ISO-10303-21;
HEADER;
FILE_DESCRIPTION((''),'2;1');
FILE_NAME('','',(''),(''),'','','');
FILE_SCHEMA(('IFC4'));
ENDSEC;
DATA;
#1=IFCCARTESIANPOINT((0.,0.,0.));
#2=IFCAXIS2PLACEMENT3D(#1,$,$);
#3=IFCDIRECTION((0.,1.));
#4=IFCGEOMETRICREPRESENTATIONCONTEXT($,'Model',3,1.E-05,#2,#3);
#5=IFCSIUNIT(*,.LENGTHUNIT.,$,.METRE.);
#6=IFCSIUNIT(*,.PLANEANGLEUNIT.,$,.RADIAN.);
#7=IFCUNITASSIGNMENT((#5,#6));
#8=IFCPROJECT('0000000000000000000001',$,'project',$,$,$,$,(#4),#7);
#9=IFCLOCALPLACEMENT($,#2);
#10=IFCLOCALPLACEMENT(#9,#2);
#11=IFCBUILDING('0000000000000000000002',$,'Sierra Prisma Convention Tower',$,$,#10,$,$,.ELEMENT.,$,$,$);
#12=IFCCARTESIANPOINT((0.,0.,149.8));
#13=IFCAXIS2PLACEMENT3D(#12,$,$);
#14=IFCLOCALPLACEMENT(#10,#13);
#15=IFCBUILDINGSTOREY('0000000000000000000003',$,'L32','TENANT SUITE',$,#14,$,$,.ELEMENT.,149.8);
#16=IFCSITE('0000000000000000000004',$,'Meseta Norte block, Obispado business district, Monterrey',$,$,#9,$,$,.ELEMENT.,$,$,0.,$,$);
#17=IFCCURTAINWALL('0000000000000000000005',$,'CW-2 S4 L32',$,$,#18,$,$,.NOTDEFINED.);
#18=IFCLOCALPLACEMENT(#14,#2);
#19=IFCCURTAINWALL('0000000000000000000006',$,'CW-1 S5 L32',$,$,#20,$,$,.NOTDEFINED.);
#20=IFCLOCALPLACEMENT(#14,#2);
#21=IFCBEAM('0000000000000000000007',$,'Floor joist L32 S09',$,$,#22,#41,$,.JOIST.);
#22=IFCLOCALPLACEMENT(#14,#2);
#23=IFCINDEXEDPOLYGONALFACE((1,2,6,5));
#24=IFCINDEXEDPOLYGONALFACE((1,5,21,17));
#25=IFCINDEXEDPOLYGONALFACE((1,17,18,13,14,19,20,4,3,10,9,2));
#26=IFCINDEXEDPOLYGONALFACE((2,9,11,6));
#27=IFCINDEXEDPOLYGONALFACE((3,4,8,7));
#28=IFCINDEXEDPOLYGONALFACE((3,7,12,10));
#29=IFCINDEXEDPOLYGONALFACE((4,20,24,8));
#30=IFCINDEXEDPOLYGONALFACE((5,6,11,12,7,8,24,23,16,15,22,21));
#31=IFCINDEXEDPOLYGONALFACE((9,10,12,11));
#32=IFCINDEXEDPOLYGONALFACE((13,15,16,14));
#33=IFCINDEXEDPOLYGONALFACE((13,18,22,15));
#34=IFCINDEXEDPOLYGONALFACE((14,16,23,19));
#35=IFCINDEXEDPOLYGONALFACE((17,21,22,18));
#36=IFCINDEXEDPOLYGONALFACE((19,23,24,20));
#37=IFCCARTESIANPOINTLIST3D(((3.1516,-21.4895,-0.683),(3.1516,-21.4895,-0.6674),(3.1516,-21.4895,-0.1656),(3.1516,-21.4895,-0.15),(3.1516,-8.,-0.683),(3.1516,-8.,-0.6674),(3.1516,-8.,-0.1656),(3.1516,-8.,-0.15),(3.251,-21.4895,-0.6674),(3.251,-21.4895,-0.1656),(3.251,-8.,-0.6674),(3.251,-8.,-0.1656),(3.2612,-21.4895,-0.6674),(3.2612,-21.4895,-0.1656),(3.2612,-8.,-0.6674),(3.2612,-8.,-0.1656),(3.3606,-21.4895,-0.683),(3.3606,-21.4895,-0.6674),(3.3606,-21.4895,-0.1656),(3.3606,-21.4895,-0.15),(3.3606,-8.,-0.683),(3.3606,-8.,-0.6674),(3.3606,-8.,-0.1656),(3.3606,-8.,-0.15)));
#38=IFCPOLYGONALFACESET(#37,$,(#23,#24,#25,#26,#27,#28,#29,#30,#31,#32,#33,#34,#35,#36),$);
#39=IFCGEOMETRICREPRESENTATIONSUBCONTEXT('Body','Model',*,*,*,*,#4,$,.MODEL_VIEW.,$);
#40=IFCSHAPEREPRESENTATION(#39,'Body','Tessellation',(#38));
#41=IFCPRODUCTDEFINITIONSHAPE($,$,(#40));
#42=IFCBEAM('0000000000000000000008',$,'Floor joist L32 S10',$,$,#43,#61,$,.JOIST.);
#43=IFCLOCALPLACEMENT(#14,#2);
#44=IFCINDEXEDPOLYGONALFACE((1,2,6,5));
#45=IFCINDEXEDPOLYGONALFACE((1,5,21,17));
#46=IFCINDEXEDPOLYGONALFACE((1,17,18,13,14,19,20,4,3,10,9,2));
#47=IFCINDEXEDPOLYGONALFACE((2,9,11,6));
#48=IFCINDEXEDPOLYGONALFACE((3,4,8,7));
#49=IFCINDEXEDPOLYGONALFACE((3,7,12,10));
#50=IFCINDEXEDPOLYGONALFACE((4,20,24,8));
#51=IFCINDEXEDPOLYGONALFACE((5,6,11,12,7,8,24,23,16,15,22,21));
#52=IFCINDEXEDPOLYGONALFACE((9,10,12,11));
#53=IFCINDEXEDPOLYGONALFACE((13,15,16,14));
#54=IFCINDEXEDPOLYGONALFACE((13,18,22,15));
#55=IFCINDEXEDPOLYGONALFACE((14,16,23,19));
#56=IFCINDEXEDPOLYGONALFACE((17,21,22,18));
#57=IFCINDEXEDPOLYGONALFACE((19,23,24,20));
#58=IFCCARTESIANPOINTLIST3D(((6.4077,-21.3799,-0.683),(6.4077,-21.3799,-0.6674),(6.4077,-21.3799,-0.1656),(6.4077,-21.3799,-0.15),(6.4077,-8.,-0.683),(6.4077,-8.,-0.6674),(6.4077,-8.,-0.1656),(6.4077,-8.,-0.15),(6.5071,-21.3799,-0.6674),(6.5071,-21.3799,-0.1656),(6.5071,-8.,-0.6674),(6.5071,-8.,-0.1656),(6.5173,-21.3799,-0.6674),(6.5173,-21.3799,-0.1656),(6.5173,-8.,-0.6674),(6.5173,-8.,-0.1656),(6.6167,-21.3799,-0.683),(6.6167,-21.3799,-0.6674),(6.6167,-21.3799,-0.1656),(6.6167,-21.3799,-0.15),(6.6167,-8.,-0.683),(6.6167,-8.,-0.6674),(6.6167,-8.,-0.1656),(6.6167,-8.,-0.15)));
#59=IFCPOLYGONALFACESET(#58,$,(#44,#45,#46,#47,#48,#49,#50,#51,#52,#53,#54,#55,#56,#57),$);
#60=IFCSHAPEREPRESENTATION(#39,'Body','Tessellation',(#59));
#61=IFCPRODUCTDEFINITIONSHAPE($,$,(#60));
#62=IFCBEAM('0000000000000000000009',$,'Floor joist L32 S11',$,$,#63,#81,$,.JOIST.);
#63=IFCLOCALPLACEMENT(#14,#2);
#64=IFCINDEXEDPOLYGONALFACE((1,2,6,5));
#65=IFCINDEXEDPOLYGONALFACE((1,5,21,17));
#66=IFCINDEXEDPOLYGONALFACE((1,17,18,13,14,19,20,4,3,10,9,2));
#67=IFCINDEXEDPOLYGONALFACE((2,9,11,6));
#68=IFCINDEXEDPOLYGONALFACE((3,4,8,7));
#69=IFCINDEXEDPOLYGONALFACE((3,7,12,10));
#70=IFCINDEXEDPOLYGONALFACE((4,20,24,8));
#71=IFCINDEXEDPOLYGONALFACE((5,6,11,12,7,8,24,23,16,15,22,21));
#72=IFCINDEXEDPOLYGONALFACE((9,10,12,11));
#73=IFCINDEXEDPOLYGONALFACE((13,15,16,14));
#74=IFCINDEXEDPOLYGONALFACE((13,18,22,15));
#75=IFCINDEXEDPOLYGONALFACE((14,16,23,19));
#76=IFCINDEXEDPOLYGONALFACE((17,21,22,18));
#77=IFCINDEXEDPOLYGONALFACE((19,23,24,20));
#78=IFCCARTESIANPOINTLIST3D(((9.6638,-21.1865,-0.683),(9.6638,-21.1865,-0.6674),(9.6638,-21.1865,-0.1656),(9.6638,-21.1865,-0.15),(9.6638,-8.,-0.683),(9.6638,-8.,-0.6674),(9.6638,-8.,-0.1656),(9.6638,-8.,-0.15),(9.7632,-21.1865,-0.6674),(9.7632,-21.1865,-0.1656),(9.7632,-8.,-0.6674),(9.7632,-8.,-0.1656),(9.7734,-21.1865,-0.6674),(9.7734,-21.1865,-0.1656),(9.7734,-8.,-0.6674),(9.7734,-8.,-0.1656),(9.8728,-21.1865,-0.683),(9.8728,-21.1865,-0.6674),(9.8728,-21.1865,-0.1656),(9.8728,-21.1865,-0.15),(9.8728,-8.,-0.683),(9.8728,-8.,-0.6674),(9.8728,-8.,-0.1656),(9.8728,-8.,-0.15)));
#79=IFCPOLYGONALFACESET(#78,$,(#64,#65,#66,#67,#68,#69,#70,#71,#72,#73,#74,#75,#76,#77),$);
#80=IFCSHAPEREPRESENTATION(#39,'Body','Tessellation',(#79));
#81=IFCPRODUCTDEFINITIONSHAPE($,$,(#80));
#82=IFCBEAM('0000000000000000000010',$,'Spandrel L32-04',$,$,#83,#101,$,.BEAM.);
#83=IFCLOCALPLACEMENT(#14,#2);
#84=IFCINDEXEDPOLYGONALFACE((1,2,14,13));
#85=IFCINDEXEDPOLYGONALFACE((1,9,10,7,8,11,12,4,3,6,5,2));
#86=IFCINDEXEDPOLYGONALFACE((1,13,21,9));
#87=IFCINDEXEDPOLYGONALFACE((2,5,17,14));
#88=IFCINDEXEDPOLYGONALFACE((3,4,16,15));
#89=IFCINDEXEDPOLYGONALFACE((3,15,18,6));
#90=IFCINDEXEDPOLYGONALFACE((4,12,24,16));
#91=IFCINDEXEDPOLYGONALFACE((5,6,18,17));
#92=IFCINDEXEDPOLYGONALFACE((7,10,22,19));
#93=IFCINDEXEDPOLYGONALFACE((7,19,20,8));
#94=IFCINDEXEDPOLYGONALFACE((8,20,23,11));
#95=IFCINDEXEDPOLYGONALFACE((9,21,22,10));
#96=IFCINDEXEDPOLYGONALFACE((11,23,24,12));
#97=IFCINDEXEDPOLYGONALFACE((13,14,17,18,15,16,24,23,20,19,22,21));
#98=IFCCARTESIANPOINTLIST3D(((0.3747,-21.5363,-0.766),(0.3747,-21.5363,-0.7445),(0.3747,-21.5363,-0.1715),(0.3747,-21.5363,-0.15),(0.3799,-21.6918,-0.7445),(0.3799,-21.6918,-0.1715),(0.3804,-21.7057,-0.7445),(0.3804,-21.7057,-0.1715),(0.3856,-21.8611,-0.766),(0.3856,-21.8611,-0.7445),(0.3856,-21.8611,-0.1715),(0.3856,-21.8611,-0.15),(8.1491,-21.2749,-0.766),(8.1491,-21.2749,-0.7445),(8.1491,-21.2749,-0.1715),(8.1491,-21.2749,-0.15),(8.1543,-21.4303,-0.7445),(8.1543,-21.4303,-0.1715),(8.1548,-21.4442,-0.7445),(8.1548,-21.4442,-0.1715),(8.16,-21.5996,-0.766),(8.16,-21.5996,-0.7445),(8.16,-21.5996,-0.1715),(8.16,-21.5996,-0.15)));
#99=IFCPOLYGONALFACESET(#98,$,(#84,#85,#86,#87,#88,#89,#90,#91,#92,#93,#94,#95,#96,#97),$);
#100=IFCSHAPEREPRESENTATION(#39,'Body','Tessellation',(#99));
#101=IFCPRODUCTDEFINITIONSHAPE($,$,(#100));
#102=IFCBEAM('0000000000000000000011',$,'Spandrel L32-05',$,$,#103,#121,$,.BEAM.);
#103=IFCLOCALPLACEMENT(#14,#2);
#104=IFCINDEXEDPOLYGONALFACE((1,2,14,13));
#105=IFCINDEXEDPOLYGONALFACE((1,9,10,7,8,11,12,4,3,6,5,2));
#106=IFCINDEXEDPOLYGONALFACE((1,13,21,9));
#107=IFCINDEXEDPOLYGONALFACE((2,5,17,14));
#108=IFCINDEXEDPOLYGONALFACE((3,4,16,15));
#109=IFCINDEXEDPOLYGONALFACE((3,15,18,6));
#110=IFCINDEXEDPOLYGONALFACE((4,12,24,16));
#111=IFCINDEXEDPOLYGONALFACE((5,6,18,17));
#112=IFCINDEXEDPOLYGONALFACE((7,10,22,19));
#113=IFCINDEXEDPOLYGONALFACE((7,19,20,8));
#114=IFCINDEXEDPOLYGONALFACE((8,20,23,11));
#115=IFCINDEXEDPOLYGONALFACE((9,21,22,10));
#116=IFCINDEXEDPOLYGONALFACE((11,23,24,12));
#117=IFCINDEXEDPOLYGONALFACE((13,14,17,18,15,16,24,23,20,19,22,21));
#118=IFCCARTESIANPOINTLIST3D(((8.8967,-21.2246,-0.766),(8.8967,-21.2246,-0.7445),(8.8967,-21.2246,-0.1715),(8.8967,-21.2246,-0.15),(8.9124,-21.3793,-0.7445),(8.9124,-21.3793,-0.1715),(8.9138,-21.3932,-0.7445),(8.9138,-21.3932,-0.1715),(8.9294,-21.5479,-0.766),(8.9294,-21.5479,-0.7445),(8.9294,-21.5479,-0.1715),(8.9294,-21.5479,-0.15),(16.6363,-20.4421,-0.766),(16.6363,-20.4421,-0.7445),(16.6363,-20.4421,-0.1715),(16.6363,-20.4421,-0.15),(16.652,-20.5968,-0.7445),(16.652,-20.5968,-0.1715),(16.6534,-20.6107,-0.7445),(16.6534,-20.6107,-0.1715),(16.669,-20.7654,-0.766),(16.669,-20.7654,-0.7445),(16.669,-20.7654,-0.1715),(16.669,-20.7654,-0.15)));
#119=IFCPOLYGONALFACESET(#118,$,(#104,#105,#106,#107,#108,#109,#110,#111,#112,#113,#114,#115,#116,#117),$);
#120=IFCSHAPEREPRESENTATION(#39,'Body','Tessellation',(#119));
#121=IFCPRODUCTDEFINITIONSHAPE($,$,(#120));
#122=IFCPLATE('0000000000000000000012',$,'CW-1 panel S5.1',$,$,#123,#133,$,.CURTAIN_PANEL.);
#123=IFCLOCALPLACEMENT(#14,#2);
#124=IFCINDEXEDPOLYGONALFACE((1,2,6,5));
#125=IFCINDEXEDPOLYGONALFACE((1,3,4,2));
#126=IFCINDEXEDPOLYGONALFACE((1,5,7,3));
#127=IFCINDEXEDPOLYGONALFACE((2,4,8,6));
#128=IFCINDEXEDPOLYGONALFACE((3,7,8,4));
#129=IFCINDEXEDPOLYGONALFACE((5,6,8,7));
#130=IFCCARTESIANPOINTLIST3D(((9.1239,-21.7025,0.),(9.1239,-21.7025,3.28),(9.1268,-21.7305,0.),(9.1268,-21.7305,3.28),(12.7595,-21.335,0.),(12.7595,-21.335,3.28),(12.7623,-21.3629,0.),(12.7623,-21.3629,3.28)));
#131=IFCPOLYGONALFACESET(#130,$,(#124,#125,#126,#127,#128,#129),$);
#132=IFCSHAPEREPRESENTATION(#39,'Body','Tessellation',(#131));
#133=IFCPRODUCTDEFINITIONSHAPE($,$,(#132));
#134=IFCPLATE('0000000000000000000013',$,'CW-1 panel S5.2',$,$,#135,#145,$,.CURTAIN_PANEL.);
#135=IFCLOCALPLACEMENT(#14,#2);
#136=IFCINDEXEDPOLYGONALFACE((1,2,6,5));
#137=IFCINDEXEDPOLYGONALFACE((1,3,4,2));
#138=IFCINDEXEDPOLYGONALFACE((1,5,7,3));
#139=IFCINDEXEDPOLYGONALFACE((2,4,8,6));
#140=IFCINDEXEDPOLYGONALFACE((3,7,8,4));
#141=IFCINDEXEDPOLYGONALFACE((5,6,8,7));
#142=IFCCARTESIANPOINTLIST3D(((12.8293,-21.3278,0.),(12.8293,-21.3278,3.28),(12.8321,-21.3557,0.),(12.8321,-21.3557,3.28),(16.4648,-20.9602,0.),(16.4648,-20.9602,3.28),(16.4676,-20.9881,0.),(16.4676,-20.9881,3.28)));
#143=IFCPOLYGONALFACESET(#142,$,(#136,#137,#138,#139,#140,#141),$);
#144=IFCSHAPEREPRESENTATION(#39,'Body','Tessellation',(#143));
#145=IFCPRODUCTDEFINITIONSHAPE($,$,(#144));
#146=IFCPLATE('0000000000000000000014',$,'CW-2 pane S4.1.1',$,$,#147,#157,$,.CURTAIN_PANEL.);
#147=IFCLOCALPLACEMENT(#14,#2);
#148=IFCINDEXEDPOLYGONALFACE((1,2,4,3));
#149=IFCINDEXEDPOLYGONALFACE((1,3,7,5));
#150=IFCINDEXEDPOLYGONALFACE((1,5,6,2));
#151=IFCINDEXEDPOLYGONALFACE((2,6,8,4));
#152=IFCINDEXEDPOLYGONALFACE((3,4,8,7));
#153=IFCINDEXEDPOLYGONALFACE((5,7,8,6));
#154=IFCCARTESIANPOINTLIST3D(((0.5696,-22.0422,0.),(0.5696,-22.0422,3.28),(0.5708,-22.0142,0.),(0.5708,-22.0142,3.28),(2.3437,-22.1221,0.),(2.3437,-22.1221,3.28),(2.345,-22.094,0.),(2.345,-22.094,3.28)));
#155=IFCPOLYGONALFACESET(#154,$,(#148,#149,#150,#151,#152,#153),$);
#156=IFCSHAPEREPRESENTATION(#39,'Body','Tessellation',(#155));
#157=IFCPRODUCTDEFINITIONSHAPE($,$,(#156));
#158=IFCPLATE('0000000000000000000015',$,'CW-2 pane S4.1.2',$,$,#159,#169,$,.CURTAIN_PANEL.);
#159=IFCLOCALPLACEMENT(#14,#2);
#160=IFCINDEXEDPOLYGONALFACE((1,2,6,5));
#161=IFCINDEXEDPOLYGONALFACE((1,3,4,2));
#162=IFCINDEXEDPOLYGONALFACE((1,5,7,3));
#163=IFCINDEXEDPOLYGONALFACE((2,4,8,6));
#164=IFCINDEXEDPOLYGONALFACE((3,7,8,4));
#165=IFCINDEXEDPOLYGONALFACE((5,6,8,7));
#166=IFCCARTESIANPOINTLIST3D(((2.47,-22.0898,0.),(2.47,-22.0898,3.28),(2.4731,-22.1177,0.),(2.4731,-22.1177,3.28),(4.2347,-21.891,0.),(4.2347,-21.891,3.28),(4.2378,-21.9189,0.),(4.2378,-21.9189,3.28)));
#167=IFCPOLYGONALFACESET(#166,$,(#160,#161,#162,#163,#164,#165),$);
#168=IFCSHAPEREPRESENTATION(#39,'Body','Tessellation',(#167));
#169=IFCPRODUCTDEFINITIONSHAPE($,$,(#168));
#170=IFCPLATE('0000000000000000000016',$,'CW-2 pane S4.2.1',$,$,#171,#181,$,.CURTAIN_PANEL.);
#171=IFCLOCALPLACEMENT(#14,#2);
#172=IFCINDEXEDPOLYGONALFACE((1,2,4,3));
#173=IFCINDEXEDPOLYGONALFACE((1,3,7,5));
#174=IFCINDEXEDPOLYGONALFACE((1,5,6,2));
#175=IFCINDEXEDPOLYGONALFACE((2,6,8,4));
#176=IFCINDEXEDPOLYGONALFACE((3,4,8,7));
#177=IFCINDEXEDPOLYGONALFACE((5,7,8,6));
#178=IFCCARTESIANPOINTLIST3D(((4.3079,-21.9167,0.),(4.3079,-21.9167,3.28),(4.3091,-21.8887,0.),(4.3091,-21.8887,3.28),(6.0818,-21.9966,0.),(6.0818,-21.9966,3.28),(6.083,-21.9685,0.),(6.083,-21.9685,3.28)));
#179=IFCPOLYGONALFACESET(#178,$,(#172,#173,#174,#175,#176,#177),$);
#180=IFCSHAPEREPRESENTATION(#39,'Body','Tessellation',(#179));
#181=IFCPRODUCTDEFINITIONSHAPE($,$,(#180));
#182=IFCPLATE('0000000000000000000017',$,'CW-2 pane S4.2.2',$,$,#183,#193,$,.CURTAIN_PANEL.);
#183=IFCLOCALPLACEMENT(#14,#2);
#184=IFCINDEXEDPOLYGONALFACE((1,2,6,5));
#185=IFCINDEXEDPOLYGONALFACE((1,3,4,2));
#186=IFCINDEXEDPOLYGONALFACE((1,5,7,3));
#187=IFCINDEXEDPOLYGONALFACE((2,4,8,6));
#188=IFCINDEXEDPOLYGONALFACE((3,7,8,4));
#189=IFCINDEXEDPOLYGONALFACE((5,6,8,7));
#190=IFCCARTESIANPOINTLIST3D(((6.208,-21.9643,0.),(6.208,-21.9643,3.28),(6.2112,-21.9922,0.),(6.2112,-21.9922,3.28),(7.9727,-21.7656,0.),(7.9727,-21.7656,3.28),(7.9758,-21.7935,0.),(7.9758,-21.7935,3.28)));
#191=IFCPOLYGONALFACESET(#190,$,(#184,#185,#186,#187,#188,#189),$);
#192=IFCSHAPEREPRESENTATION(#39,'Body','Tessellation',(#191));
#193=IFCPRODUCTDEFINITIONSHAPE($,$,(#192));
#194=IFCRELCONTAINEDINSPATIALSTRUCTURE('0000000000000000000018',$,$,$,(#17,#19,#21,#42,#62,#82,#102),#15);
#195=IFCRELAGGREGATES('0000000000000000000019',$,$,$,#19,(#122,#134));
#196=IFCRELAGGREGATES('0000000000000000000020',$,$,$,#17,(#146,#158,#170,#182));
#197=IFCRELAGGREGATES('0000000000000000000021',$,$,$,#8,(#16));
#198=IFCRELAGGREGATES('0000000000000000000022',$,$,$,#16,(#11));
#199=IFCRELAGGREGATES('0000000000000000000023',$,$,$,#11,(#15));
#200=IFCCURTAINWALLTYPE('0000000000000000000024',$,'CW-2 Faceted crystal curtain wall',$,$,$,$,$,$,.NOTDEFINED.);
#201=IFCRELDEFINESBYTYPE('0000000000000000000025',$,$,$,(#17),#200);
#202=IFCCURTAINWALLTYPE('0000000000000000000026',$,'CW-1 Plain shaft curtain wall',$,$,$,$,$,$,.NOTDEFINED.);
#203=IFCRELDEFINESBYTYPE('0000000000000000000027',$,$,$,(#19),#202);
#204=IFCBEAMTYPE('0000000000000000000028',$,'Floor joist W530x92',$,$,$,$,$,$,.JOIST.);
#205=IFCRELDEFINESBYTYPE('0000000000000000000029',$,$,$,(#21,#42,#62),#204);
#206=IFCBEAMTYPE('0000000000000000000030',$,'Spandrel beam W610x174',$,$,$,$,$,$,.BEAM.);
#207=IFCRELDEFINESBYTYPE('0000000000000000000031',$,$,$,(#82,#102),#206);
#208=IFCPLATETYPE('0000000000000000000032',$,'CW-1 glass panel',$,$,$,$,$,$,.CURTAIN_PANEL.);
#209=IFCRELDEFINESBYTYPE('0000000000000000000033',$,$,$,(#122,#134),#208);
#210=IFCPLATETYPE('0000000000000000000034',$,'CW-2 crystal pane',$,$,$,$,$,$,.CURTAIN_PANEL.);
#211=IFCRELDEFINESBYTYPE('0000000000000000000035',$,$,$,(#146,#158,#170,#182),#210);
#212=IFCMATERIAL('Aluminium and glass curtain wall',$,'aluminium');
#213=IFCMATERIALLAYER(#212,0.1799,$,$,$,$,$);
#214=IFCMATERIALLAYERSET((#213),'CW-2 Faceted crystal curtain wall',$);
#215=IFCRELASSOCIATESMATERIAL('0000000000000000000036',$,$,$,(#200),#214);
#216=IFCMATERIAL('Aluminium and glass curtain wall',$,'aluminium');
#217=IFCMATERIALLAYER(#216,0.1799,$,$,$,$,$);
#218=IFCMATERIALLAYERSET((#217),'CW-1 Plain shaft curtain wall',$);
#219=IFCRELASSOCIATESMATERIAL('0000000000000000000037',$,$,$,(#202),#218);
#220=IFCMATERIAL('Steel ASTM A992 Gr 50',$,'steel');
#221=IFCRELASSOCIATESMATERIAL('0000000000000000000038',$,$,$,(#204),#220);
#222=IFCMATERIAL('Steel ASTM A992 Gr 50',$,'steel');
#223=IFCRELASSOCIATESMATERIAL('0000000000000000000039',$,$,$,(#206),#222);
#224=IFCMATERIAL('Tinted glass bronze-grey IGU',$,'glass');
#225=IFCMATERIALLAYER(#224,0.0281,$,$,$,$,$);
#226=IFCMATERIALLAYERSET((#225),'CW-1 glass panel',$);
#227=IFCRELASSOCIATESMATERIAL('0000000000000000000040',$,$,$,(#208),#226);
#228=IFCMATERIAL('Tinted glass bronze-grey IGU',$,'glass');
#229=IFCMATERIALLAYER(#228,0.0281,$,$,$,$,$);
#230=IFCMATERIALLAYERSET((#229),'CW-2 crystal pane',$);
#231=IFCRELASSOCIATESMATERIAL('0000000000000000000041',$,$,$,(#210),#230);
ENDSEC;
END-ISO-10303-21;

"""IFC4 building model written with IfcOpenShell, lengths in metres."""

from ifc_helpers import new_model, si_unit, direction, frame, origin, origin_2d, place, context, subcontext, project, spatial, polyline, rectangle, i_section, outline, extrude, material, layer, layer_set, material_profile, profile_set, type_object, element, aggregate, save


model = new_model("IFC4")

# Units and contexts
model_context = context("Model", 3, precision=1e-05, world=origin(), true_north=direction((0.0, 1.0)))
body_context = subcontext(model_context, "Body", "Model", "MODEL_VIEW")
ifc_project = project(units=[si_unit("LENGTHUNIT", "METRE"), si_unit("PLANEANGLEUNIT", "RADIAN")], contexts=[model_context])

# Site, building, storey
site_placement = place(None, origin())
site = spatial("IfcSite", under=ifc_project, at=site_placement, Name="Meseta Norte block, Obispado business district, Monterrey", CompositionType="ELEMENT", RefElevation=0.0)
building_placement = place(site_placement, origin())
building = spatial("IfcBuilding", under=site, at=building_placement, Name="Sierra Prisma Convention Tower", CompositionType="ELEMENT")
storey_placement = place(building_placement, frame((0.0, 0.0, 149.8)))
storey = spatial("IfcBuildingStorey", under=building, at=storey_placement, Name="L32", Description="TENANT SUITE", CompositionType="ELEMENT", Elevation=149.8)

# Curtain walls
ifc_material_1 = material(Name="Aluminium and glass curtain wall", Category="aluminium")
ifc_layer_1 = layer(ifc_material_1, 0.1799)
ifc_layer_set_1 = layer_set([ifc_layer_1], Name="CW-2 Faceted crystal curtain wall")
curtain_wall_type_1 = type_object("IfcCurtainWallType", Name="CW-2 Faceted crystal curtain wall", PredefinedType="NOTDEFINED", material=ifc_layer_set_1)
curtain_wall_1_placement = place(storey_placement, origin())
curtain_wall_1 = element("IfcCurtainWall", 1, at=curtain_wall_1_placement, inside=storey, type_object=curtain_wall_type_1, Name="CW-2 S4 L32", PredefinedType="NOTDEFINED")
ifc_material_2 = material(Name="Aluminium and glass curtain wall", Category="aluminium")
ifc_layer_2 = layer(ifc_material_2, 0.1799)
ifc_layer_set_2 = layer_set([ifc_layer_2], Name="CW-1 Plain shaft curtain wall")
curtain_wall_type_2 = type_object("IfcCurtainWallType", Name="CW-1 Plain shaft curtain wall", PredefinedType="NOTDEFINED", material=ifc_layer_set_2)
curtain_wall_2_placement = place(storey_placement, origin())
curtain_wall_2 = element("IfcCurtainWall", 2, at=curtain_wall_2_placement, inside=storey, type_object=curtain_wall_type_2, Name="CW-1 S5 L32", PredefinedType="NOTDEFINED")

# Beams
ifc_material_3 = material(Name="Steel ASTM A992 Gr 50", Category="steel")
ifc_material_profile_1 = material_profile(ifc_material_3, i_section(OverallWidth=0.209, OverallDepth=0.533, WebThickness=0.0103, FlangeThickness=0.0156, at=origin_2d()), Name="W530x92")
ifc_profile_set_1 = profile_set([ifc_material_profile_1], Name="Steel ASTM A992 Gr 50")
beam_type_1 = type_object("IfcBeamType", Name="Floor joist W530x92", PredefinedType="JOIST", material=ifc_profile_set_1)
beam_1_placement = place(storey_placement, frame((3.2561, -21.4895, -0.4165), z_axis=(0.0, 1.0, 0.0), x_axis=(-1.0, 0.0, 0.0)))
element("IfcBeam", 3, at=beam_1_placement, inside=storey, type_object=beam_type_1, Name="Floor joist L32 S09", PredefinedType="JOIST", context=body_context, shape_type="SweptSolid", body=[
    extrude(i_section(OverallWidth=0.209, OverallDepth=0.533, WebThickness=0.0103, FlangeThickness=0.0156, at=origin_2d()), origin(), (0.0, 0.0, 1.0), 13.4895),
])
beam_2_placement = place(storey_placement, frame((6.5122, -21.3799, -0.4165), z_axis=(0.0, 1.0, 0.0), x_axis=(-1.0, 0.0, 0.0)))
element("IfcBeam", 4, at=beam_2_placement, inside=storey, type_object=beam_type_1, Name="Floor joist L32 S10", PredefinedType="JOIST", context=body_context, shape_type="SweptSolid", body=[
    extrude(i_section(OverallWidth=0.209, OverallDepth=0.533, WebThickness=0.0103, FlangeThickness=0.0156, at=origin_2d()), origin(), (0.0, 0.0, 1.0), 13.3799),
])
beam_3_placement = place(storey_placement, frame((9.7683, -21.1865, -0.4165), z_axis=(0.0, 1.0, 0.0), x_axis=(-1.0, 0.0, 0.0)))
element("IfcBeam", 5, at=beam_3_placement, inside=storey, type_object=beam_type_1, Name="Floor joist L32 S11", PredefinedType="JOIST", context=body_context, shape_type="SweptSolid", body=[
    extrude(i_section(OverallWidth=0.209, OverallDepth=0.533, WebThickness=0.0103, FlangeThickness=0.0156, at=origin_2d()), origin(), (0.0, 0.0, 1.0), 13.1865),
])
ifc_material_4 = material(Name="Steel ASTM A992 Gr 50", Category="steel")
ifc_material_profile_2 = material_profile(ifc_material_4, i_section(OverallWidth=0.325, OverallDepth=0.616, WebThickness=0.0139, FlangeThickness=0.0215, at=origin_2d()), Name="W610x174")
ifc_profile_set_2 = profile_set([ifc_material_profile_2], Name="Steel ASTM A992 Gr 50")
beam_type_2 = type_object("IfcBeamType", Name="Spandrel beam W610x174", PredefinedType="BEAM", material=ifc_profile_set_2)
beam_4_placement = place(storey_placement, frame((0.3801, -21.6987, -0.458), z_axis=(0.999435, 0.033614, 0.0), x_axis=(-0.033614, 0.999435, 0.0)))
element("IfcBeam", 6, at=beam_4_placement, inside=storey, type_object=beam_type_2, Name="Spandrel L32-04", PredefinedType="BEAM", context=body_context, shape_type="SweptSolid", body=[
    extrude(i_section(OverallWidth=0.325, OverallDepth=0.616, WebThickness=0.0139, FlangeThickness=0.0215, at=origin_2d()), origin(), (0.0, 0.0, 1.0), 7.7788),
])
beam_5_placement = place(storey_placement, frame((8.9131, -21.3862, -0.458), z_axis=(0.994928, 0.100588, 0.0), x_axis=(-0.100588, 0.994928, 0.0)))
element("IfcBeam", 7, at=beam_5_placement, inside=storey, type_object=beam_type_2, Name="Spandrel L32-05", PredefinedType="BEAM", context=body_context, shape_type="SweptSolid", body=[
    extrude(i_section(OverallWidth=0.325, OverallDepth=0.616, WebThickness=0.0139, FlangeThickness=0.0215, at=origin_2d()), origin(), (0.0, 0.0, 1.0), 7.7791),
])

# Plates
ifc_material_5 = material(Name="Tinted glass bronze-grey IGU", Category="glass")
ifc_layer_3 = layer(ifc_material_5, 0.0281)
ifc_layer_set_3 = layer_set([ifc_layer_3], Name="CW-1 glass panel")
plate_type_1 = type_object("IfcPlateType", Name="CW-1 glass panel", PredefinedType="CURTAIN_PANEL", material=ifc_layer_set_3)
plate_1_placement = place(storey_placement, frame((10.9431, -21.5327, 0.0), z_axis=(0.0, 0.0, 1.0), x_axis=(0.994927, 0.100597, 0.0)))
plate_1 = element("IfcPlate", 8, at=plate_1_placement, type_object=plate_type_1, Name="CW-1 panel S5.1", PredefinedType="CURTAIN_PANEL", context=body_context, shape_type="SweptSolid", body=[
    extrude(rectangle(XDim=3.6541, YDim=0.0281, at=origin_2d()), origin(), (0.0, 0.0, 1.0), 3.28),
])
plate_2_placement = place(storey_placement, frame((14.6484, -21.158, 0.0), z_axis=(0.0, 0.0, 1.0), x_axis=(0.994927, 0.100597, 0.0)))
plate_2 = element("IfcPlate", 9, at=plate_2_placement, type_object=plate_type_1, Name="CW-1 panel S5.2", PredefinedType="CURTAIN_PANEL", context=body_context, shape_type="SweptSolid", body=[
    extrude(rectangle(XDim=3.6541, YDim=0.0281, at=origin_2d()), origin(), (0.0, 0.0, 1.0), 3.28),
])
aggregate(curtain_wall_2, [plate_1, plate_2])
ifc_material_6 = material(Name="Tinted glass bronze-grey IGU", Category="glass")
ifc_layer_4 = layer(ifc_material_6, 0.0281)
ifc_layer_set_4 = layer_set([ifc_layer_4], Name="CW-2 crystal pane")
plate_type_2 = type_object("IfcPlateType", Name="CW-2 crystal pane", PredefinedType="CURTAIN_PANEL", material=ifc_layer_set_4)
plate_3_placement = place(storey_placement, frame((0.5696, -22.0422, 0.0), z_axis=(-0.044952, -0.998989, 0.0), x_axis=(0.998989, -0.044952, 0.0)))
plate_3 = element("IfcPlate", 10, at=plate_3_placement, type_object=plate_type_2, Name="CW-2 pane S4.1.1", PredefinedType="CURTAIN_PANEL", context=body_context, shape_type="SweptSolid", body=[
    extrude(outline(polyline([(0.0, 0.0), (1.776, 0.0), (1.776, 3.28), (0.0, 3.28), (0.0, 0.0)])), origin(), (0.0, 0.0, -1.0), 0.0281),
])
plate_4_placement = place(storey_placement, frame((4.2378, -21.9189, 0.0), z_axis=(0.11191, -0.993718, 0.0), x_axis=(-0.993718, -0.11191, 0.0)))
plate_4 = element("IfcPlate", 11, at=plate_4_placement, type_object=plate_type_2, Name="CW-2 pane S4.1.2", PredefinedType="CURTAIN_PANEL", context=body_context, shape_type="SweptSolid", body=[
    extrude(outline(polyline([(0.0, 0.0), (1.7758, 0.0), (1.7758, -3.28), (0.0, -3.28), (0.0, 0.0)])), origin(), (0.0, 0.0, -1.0), 0.0281),
])
plate_5_placement = place(storey_placement, frame((4.3079, -21.9167, 0.0), z_axis=(-0.044959, -0.998989, 0.0), x_axis=(0.998989, -0.044959, 0.0)))
plate_5 = element("IfcPlate", 12, at=plate_5_placement, type_object=plate_type_2, Name="CW-2 pane S4.2.1", PredefinedType="CURTAIN_PANEL", context=body_context, shape_type="SweptSolid", body=[
    extrude(outline(polyline([(0.0, 0.0), (1.7757, 0.0), (1.7757, 3.28), (0.0, 3.28), (0.0, 0.0)])), origin(), (0.0, 0.0, -1.0), 0.0281),
])
plate_6_placement = place(storey_placement, frame((7.9758, -21.7935, 0.0), z_axis=(0.11191, -0.993718, 0.0), x_axis=(-0.993718, -0.11191, 0.0)))
plate_6 = element("IfcPlate", 13, at=plate_6_placement, type_object=plate_type_2, Name="CW-2 pane S4.2.2", PredefinedType="CURTAIN_PANEL", context=body_context, shape_type="SweptSolid", body=[
    extrude(outline(polyline([(0.0, 0.0), (1.7758, 0.0), (1.7758, -3.28), (0.0, -3.28), (0.0, 0.0)])), origin(), (0.0, 0.0, -1.0), 0.0281),
])
aggregate(curtain_wall_1, [plate_3, plate_4, plate_5, plate_6])

save(model, "model.ifc")
